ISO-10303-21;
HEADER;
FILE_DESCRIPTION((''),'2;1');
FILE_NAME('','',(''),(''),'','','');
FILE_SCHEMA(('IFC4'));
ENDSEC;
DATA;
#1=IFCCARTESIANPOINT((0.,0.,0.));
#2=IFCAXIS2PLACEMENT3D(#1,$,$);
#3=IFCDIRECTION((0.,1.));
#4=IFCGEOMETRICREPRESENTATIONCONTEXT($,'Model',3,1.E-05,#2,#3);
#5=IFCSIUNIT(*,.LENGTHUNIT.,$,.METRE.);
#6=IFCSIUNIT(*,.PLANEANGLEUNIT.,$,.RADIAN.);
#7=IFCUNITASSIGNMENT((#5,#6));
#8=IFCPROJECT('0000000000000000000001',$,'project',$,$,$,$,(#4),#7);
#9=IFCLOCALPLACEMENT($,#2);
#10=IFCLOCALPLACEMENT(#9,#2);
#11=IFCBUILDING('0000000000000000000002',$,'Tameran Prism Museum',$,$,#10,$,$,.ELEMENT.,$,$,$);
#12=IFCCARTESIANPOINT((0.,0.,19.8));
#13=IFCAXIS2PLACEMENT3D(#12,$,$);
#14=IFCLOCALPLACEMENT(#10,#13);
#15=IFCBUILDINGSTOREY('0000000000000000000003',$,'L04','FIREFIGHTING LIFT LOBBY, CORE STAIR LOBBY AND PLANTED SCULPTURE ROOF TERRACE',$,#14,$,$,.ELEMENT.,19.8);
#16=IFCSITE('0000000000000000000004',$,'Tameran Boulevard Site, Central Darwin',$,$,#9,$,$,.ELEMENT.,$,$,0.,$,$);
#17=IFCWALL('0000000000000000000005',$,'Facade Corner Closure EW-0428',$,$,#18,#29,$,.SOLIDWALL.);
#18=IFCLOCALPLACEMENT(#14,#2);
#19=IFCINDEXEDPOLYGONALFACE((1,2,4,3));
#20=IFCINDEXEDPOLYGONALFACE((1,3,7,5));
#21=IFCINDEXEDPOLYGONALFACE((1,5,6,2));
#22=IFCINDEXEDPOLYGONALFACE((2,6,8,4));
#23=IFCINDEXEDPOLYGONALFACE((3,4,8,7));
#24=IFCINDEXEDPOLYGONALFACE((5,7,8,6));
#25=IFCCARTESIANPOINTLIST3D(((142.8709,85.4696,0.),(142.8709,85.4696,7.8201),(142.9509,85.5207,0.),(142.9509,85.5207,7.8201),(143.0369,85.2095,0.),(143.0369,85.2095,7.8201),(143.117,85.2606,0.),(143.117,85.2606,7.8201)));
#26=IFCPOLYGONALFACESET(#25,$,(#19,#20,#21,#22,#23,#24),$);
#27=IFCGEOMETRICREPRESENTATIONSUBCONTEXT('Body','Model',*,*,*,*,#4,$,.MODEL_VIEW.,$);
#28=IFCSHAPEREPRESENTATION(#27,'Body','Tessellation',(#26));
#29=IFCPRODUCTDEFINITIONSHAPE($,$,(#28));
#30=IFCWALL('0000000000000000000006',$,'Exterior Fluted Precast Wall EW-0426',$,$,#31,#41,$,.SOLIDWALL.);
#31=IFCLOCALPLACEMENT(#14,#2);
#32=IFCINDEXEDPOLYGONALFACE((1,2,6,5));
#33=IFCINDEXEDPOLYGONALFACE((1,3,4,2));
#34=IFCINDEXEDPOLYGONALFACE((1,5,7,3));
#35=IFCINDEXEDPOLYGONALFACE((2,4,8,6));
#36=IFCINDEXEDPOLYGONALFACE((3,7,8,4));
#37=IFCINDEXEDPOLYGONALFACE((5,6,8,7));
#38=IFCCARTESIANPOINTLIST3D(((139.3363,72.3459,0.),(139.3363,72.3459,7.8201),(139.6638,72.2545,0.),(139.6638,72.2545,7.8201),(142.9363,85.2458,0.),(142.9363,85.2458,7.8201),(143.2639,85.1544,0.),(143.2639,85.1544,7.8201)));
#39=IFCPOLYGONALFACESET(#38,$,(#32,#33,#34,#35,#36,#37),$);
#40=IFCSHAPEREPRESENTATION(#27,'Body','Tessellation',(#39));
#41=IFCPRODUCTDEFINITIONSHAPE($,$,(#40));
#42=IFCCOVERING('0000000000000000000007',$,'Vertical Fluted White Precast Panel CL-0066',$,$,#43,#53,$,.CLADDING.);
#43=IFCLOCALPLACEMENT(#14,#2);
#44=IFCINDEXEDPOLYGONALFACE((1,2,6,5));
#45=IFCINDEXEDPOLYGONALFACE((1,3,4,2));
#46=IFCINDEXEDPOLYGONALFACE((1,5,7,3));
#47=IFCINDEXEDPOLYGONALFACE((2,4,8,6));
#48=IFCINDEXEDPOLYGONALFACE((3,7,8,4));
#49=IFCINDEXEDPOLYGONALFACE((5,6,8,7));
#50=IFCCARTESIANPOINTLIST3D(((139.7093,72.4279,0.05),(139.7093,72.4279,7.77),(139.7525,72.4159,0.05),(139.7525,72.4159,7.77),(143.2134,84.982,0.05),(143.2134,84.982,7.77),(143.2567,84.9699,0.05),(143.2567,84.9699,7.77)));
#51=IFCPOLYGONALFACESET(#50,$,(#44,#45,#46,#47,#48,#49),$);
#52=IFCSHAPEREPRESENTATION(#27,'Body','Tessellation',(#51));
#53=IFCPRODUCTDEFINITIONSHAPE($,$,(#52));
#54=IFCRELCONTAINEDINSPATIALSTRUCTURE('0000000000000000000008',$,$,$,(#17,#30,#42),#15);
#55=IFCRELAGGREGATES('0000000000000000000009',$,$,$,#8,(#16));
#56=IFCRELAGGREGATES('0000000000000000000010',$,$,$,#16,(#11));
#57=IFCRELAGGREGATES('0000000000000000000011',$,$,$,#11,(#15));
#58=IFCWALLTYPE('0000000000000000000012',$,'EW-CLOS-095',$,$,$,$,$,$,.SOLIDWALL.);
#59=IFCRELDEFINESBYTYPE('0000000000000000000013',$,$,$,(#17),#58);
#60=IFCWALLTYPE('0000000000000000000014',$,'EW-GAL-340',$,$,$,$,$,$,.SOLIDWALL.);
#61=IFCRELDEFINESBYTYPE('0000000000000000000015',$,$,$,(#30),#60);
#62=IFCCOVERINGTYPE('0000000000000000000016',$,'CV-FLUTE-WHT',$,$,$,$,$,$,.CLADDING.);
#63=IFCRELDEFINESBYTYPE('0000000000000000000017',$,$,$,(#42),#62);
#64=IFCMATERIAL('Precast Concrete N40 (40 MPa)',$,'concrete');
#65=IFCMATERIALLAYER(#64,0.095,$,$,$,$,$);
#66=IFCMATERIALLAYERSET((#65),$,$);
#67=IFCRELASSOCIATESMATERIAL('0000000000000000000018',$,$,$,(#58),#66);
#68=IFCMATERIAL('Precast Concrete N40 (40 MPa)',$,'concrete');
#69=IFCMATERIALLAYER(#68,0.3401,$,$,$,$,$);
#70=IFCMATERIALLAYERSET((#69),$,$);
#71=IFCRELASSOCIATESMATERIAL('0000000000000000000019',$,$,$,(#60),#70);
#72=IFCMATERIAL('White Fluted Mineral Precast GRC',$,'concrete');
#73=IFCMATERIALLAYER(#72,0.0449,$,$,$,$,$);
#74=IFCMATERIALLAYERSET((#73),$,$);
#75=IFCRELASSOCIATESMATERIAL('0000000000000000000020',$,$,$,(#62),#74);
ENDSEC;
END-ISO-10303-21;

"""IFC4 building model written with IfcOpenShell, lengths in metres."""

from ifc_helpers import new_model, si_unit, direction, frame, frame_2d, origin, place, context, subcontext, project, spatial, rectangle, extrude, material, layer, layer_set, type_object, element, save


model = new_model("IFC4")

# Units and contexts
model_context = context("Model", 3, precision=1e-05, world=origin(), true_north=direction((0.0, 1.0)))
body_context = subcontext(model_context, "Body", "Model", "MODEL_VIEW")
ifc_project = project(units=[si_unit("LENGTHUNIT", "METRE"), si_unit("PLANEANGLEUNIT", "RADIAN")], contexts=[model_context])

# Site, building, storey
site_placement = place(None, origin())
site = spatial("IfcSite", under=ifc_project, at=site_placement, Name="Tameran Boulevard Site, Central Darwin", CompositionType="ELEMENT", RefElevation=0.0)
building_placement = place(site_placement, origin())
building = spatial("IfcBuilding", under=site, at=building_placement, Name="Tameran Prism Museum", CompositionType="ELEMENT")
storey_placement = place(building_placement, frame((0.0, 0.0, 19.8)))
storey = spatial("IfcBuildingStorey", under=building, at=storey_placement, Name="L04", Description="FIREFIGHTING LIFT LOBBY, CORE STAIR LOBBY AND PLANTED SCULPTURE ROOF TERRACE", CompositionType="ELEMENT", Elevation=19.8)

# Walls
ifc_material_1 = material(Name="Precast Concrete N40 (40 MPa)", Category="concrete")
ifc_layer_1 = layer(ifc_material_1, 0.095)
ifc_layer_set_1 = layer_set([ifc_layer_1])
wall_type_1 = type_object("IfcWallType", Name="EW-CLOS-095", PredefinedType="SOLIDWALL", material=ifc_layer_set_1)
wall_1_placement = place(storey_placement, frame((142.9109, 85.4951, 0.0), z_axis=(0.0, 0.0, 1.0), x_axis=(0.538155, -0.842846, 0.0)))
element("IfcWall", 1, at=wall_1_placement, inside=storey, type_object=wall_type_1, Name="Facade Corner Closure EW-0428", PredefinedType="SOLIDWALL", context=body_context, shape_type="SweptSolid", body=[
    extrude(rectangle(XDim=0.3086, YDim=0.095, at=frame_2d((0.1543, 0.0))), origin(), (0.0, 0.0, 1.0), 7.8201),
])
ifc_material_2 = material(Name="Precast Concrete N40 (40 MPa)", Category="concrete")
ifc_layer_2 = layer(ifc_material_2, 0.3401)
ifc_layer_set_2 = layer_set([ifc_layer_2])
wall_type_2 = type_object("IfcWallType", Name="EW-GAL-340", PredefinedType="SOLIDWALL", material=ifc_layer_set_2)
wall_2_placement = place(storey_placement, frame((143.1001, 85.2, 0.0), z_axis=(0.0, 0.0, 1.0), x_axis=(-0.268808, -0.963194, 0.0)))
element("IfcWall", 2, at=wall_2_placement, inside=storey, type_object=wall_type_2, Name="Exterior Fluted Precast Wall EW-0426", PredefinedType="SOLIDWALL", context=body_context, shape_type="SweptSolid", body=[
    extrude(rectangle(XDim=13.3928, YDim=0.3401, at=frame_2d((6.6963, 0.0))), origin(), (0.0, 0.0, 1.0), 7.8201),
])

# Covering
ifc_material_3 = material(Name="White Fluted Mineral Precast GRC", Category="concrete")
ifc_layer_3 = layer(ifc_material_3, 0.0449)
ifc_layer_set_3 = layer_set([ifc_layer_3])
covering_type = type_object("IfcCoveringType", Name="CV-FLUTE-WHT", PredefinedType="CLADDING", material=ifc_layer_set_3)
covering_placement = place(storey_placement, frame((143.2351, 84.9761, 0.05), z_axis=(0.0, 0.0, 1.0), x_axis=(-0.26885, -0.963182, 0.0)))
element("IfcCovering", 3, at=covering_placement, inside=storey, type_object=covering_type, Name="Vertical Fluted White Precast Panel CL-0066", PredefinedType="CLADDING", context=body_context, shape_type="SweptSolid", body=[
    extrude(rectangle(XDim=13.0339, YDim=0.0449, at=frame_2d((6.5171, 0.0))), origin(), (0.0, 0.0, 1.0), 7.72),
])

save(model, "model.ifc")
